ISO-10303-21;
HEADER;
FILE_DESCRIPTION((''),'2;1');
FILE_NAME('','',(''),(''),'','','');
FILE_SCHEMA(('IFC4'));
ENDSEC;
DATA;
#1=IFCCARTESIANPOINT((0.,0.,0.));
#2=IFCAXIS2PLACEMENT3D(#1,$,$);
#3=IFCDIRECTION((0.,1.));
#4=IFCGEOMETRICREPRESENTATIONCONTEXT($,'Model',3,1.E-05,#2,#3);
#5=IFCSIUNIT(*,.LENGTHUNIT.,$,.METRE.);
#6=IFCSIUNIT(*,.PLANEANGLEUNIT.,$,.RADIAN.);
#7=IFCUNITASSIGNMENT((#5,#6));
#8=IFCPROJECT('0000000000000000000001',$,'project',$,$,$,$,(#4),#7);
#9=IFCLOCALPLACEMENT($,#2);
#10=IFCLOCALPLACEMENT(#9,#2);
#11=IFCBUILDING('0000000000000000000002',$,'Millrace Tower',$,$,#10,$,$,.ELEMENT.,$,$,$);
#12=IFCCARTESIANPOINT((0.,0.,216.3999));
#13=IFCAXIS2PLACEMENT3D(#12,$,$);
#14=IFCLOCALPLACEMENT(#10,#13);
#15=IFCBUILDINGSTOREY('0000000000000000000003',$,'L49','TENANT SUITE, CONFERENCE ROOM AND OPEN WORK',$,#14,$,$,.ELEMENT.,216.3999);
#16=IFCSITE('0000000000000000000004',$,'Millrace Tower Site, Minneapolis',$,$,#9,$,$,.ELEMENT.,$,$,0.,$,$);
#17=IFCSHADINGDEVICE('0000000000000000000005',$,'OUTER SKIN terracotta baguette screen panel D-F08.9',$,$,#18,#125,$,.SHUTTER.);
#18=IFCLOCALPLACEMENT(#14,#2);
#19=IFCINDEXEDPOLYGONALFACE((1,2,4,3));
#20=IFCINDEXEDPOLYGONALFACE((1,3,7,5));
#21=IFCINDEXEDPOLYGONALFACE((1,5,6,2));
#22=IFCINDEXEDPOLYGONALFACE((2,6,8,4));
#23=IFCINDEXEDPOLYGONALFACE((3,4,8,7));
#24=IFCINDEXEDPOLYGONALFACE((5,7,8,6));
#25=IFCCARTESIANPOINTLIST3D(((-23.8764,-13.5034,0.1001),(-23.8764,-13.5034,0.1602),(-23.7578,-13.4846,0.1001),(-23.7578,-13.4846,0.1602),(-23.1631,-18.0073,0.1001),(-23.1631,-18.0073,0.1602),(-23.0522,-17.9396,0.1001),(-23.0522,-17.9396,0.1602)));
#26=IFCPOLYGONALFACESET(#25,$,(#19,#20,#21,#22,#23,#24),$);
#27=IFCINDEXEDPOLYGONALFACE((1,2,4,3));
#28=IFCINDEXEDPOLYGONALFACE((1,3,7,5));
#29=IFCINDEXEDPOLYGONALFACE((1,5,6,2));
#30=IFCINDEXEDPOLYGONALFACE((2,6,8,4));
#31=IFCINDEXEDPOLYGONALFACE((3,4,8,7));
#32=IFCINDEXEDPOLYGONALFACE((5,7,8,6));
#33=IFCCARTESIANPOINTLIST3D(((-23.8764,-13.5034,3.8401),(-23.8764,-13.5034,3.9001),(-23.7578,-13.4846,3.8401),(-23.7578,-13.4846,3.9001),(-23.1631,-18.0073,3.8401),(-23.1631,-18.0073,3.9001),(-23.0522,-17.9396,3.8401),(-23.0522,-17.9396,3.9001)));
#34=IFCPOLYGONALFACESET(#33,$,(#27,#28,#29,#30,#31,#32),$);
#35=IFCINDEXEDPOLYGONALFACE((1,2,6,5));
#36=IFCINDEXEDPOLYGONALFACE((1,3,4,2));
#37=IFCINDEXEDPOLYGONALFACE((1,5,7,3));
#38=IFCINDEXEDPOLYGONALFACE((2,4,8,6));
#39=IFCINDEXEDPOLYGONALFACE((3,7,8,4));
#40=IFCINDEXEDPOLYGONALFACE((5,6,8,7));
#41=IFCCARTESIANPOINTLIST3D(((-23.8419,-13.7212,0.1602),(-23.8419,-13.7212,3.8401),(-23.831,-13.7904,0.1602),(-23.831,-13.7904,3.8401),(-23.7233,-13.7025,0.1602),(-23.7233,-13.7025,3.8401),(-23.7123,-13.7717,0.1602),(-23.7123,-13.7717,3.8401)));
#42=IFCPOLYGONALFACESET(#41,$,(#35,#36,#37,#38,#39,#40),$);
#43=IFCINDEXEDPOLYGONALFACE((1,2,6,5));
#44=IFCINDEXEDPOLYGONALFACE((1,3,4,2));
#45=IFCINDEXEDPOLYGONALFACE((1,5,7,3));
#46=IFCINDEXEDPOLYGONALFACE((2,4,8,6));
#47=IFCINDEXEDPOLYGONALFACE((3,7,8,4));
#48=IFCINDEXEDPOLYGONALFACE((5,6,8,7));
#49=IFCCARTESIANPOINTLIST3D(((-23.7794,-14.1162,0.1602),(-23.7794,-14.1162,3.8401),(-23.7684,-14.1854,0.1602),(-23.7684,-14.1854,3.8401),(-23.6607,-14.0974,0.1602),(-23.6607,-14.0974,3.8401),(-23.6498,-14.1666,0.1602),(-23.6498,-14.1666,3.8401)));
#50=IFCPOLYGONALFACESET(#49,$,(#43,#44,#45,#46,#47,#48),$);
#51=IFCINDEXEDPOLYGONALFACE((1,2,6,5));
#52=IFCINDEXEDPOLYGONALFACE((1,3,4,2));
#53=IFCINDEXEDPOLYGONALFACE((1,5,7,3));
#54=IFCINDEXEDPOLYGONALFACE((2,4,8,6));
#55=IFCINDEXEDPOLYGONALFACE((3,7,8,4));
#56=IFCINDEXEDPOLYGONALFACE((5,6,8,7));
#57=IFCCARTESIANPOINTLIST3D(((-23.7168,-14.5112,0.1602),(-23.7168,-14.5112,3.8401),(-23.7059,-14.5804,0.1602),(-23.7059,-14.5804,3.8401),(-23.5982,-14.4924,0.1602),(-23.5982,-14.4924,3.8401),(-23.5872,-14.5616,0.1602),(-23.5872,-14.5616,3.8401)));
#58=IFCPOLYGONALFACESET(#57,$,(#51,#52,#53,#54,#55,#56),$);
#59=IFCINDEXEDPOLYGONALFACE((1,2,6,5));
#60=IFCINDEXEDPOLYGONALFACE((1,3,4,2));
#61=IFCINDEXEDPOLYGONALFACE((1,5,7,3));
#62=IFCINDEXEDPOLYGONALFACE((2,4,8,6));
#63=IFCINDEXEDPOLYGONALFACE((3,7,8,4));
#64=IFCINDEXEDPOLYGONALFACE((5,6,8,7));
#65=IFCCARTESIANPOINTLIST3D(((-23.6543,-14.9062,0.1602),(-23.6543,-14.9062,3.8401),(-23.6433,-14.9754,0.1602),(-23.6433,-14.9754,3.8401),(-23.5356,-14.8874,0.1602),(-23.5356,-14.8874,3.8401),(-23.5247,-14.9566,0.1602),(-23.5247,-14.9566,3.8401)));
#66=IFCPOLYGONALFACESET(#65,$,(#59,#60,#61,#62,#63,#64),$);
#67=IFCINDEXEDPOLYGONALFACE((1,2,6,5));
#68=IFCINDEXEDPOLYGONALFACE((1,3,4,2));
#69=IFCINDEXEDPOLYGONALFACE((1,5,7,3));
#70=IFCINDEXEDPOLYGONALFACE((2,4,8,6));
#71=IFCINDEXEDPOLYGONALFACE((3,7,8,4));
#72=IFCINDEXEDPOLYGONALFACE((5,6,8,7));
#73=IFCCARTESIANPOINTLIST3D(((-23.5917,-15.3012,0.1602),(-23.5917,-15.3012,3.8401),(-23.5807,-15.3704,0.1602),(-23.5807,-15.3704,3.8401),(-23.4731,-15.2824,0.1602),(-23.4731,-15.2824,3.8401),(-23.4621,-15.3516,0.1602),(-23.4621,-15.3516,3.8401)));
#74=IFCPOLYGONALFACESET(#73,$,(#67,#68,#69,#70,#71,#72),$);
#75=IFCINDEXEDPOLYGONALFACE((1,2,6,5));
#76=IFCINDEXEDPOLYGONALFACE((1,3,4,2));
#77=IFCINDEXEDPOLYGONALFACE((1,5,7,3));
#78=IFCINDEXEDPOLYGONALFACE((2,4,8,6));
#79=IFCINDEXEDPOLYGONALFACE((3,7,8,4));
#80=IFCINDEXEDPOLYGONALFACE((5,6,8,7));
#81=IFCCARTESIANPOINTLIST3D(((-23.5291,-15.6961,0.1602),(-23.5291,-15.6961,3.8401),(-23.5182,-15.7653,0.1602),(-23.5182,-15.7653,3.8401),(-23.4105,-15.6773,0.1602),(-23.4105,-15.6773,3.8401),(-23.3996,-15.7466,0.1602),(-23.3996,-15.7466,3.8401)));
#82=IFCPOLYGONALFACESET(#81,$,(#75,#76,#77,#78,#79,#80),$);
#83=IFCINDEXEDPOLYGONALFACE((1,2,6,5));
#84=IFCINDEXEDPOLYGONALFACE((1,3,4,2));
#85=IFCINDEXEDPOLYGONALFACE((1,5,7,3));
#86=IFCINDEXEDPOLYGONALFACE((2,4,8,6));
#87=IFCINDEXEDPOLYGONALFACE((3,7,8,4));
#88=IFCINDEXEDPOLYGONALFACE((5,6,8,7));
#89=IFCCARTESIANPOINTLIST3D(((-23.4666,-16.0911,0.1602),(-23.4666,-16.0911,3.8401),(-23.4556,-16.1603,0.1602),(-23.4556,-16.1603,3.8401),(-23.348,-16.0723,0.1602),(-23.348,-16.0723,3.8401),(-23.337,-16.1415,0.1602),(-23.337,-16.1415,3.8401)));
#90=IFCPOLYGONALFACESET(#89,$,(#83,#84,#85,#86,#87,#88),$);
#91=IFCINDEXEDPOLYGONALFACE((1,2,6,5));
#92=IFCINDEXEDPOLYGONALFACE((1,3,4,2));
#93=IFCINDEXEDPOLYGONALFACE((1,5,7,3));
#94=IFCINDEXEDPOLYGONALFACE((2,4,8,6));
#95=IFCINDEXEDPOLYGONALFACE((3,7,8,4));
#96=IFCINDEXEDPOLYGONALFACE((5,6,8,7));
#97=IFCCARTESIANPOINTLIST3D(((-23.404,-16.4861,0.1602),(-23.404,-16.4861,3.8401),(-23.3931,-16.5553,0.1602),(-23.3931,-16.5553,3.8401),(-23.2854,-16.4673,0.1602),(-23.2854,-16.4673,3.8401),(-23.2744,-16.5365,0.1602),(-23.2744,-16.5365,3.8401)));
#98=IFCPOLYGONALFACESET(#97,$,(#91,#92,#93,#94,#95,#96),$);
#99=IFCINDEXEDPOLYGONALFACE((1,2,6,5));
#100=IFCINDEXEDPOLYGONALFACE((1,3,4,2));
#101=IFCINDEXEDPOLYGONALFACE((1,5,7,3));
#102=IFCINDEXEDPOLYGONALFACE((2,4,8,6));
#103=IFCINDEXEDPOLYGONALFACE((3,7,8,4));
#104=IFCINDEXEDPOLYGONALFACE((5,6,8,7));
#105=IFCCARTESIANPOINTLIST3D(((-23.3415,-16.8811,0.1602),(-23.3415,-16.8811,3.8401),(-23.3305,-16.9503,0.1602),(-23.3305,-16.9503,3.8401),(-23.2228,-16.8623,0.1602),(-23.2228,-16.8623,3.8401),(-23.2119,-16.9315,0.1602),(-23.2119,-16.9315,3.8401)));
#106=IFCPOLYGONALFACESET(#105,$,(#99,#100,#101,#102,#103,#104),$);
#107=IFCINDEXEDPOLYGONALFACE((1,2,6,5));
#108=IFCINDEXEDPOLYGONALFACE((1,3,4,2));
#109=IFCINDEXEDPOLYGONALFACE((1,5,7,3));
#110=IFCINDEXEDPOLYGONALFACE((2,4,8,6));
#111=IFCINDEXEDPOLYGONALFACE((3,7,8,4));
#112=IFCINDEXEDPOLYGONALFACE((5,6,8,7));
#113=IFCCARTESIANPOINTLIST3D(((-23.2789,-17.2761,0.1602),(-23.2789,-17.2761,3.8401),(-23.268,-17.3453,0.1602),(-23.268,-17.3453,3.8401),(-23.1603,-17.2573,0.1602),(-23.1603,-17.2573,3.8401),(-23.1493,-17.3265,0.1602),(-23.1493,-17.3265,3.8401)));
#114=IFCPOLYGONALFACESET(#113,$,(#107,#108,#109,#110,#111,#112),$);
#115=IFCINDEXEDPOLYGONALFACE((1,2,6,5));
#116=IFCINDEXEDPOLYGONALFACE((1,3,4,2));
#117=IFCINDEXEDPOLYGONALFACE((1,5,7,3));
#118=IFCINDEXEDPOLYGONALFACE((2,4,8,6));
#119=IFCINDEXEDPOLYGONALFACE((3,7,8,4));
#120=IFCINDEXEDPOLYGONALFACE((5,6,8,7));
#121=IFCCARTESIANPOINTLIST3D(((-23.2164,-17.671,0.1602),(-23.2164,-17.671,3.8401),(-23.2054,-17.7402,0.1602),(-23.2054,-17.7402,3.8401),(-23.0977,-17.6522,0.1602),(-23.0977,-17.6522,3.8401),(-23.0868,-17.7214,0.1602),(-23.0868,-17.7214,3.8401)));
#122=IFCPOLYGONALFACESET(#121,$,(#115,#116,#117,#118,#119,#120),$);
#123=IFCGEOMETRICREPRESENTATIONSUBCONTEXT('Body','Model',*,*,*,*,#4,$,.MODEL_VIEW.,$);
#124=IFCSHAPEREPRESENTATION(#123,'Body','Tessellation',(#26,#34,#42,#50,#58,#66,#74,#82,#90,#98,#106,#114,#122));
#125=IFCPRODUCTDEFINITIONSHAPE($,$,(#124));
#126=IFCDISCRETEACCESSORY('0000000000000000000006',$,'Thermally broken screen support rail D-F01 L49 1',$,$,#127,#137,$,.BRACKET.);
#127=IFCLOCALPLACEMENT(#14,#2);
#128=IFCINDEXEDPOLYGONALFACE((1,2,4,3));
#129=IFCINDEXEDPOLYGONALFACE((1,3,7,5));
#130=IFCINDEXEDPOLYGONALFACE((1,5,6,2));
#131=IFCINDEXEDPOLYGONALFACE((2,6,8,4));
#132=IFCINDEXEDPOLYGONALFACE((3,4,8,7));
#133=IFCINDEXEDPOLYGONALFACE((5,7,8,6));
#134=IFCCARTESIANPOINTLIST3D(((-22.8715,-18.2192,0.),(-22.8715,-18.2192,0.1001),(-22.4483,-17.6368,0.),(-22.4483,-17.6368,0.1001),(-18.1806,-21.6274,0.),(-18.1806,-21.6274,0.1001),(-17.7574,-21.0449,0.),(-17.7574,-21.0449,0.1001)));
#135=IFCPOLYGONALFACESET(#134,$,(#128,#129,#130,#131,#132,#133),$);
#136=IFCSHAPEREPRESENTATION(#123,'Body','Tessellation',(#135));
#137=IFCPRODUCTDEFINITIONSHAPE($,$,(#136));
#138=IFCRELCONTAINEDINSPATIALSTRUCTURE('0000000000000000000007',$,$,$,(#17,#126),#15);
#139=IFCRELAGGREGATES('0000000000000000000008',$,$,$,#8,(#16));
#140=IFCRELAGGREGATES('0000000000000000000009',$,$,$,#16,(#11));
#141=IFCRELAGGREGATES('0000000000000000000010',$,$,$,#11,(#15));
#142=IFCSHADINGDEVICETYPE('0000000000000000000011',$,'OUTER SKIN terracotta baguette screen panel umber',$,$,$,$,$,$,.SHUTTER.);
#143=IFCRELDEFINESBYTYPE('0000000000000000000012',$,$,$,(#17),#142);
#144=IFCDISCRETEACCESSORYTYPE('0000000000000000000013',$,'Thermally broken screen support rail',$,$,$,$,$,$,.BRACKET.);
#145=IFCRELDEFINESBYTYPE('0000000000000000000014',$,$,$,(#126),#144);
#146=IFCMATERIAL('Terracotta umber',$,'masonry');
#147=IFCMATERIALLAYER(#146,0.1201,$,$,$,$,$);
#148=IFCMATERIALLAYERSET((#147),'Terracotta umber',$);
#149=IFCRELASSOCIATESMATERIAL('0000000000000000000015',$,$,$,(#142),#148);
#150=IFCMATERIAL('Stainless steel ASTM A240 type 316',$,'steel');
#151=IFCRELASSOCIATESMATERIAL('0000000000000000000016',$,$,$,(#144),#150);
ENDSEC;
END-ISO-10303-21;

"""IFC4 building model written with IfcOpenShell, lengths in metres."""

from ifc_helpers import new_model, entity, si_unit, direction, frame, frame_2d, origin, origin_2d, place, context, subcontext, project, spatial, rectangle, extrude, source, transform, mapped, material, layer, layer_set, type_object, element, save


model = new_model("IFC4")

# Units and contexts
model_context = context("Model", 3, precision=1e-05, world=origin(), true_north=direction((0.0, 1.0)))
body_context = subcontext(model_context, "Body", "Model", "MODEL_VIEW")
ifc_project = project(units=[si_unit("LENGTHUNIT", "METRE"), si_unit("PLANEANGLEUNIT", "RADIAN")], contexts=[model_context])

# Site, building, storey
site_placement = place(None, origin())
site = spatial("IfcSite", under=ifc_project, at=site_placement, Name="Millrace Tower Site, Minneapolis", CompositionType="ELEMENT", RefElevation=0.0)
building_placement = place(site_placement, origin())
building = spatial("IfcBuilding", under=site, at=building_placement, Name="Millrace Tower", CompositionType="ELEMENT")
storey_placement = place(building_placement, frame((0.0, 0.0, 216.3999)))
storey = spatial("IfcBuildingStorey", under=building, at=storey_placement, Name="L49", Description="TENANT SUITE, CONFERENCE ROOM AND OPEN WORK", CompositionType="ELEMENT", Elevation=216.3999)

# Shading device
ifc_material_1 = material(Name="Terracotta umber", Category="masonry")
ifc_layer_1 = layer(ifc_material_1, 0.1201)
ifc_layer_set_1 = layer_set([ifc_layer_1], Name="Terracotta umber")
shading_device_type = type_object("IfcShadingDeviceType", Name="OUTER SKIN terracotta baguette screen panel umber", PredefinedType="SHUTTER", material=ifc_layer_set_1)
cartesian_point_1 = entity("IfcCartesianPoint", [-2.2676, 0.0601])
shared_polyline_1 = entity("IfcPolyline", [cartesian_point_1, entity("IfcCartesianPoint", [2.2429, 0.0601]), entity("IfcCartesianPoint", [2.2925, -0.0601]), entity("IfcCartesianPoint", [-2.2676, -0.0601]), cartesian_point_1])
shared_shape_1 = source(origin(), body_context, "Body", "SweptSolid", [
    entity("IfcExtrudedAreaSolid", entity("IfcArbitraryClosedProfileDef", "AREA", None, shared_polyline_1), entity("IfcAxis2Placement3D", entity("IfcCartesianPoint", [0.0, 0.0, 0.0])), entity("IfcDirection", [0.0, 0.0, 1.0]), 0.0601),
    entity("IfcExtrudedAreaSolid", entity("IfcArbitraryClosedProfileDef", "AREA", None, shared_polyline_1), entity("IfcAxis2Placement3D", entity("IfcCartesianPoint", [0.0, 0.0, 3.74])), entity("IfcDirection", [0.0, 0.0, 1.0]), 0.0601),
    extrude(rectangle(XDim=0.0701, YDim=0.1201, at=frame_2d((-2.012, 0.0))), frame((0.0, 0.0, 0.0601)), (0.0, 0.0, 1.0), 3.6799),
    extrude(rectangle(XDim=0.0701, YDim=0.1201, at=frame_2d((-1.6121, 0.0))), frame((0.0, 0.0, 0.0601)), (0.0, 0.0, 1.0), 3.6799),
    extrude(rectangle(XDim=0.0701, YDim=0.1201, at=frame_2d((-1.2122, 0.0))), frame((0.0, 0.0, 0.0601)), (0.0, 0.0, 1.0), 3.6799),
    extrude(rectangle(XDim=0.0701, YDim=0.1201, at=frame_2d((-0.8123, 0.0))), frame((0.0, 0.0, 0.0601)), (0.0, 0.0, 1.0), 3.6799),
    extrude(rectangle(XDim=0.0701, YDim=0.1201, at=frame_2d((-0.4124, 0.0))), frame((0.0, 0.0, 0.0601)), (0.0, 0.0, 1.0), 3.6799),
    extrude(rectangle(XDim=0.0701, YDim=0.1201, at=frame_2d((-0.0125, 0.0))), frame((0.0, 0.0, 0.0601)), (0.0, 0.0, 1.0), 3.6799),
    extrude(rectangle(XDim=0.0701, YDim=0.1201, at=frame_2d((0.3875, 0.0))), frame((0.0, 0.0, 0.0601)), (0.0, 0.0, 1.0), 3.6799),
    extrude(rectangle(XDim=0.0701, YDim=0.1201, at=frame_2d((0.7874, 0.0))), frame((0.0, 0.0, 0.0601)), (0.0, 0.0, 1.0), 3.6799),
    extrude(rectangle(XDim=0.0701, YDim=0.1201, at=frame_2d((1.1873, 0.0))), frame((0.0, 0.0, 0.0601)), (0.0, 0.0, 1.0), 3.6799),
    extrude(rectangle(XDim=0.0701, YDim=0.1201, at=frame_2d((1.5872, 0.0))), frame((0.0, 0.0, 0.0601)), (0.0, 0.0, 1.0), 3.6799),
    extrude(rectangle(XDim=0.0701, YDim=0.1201, at=frame_2d((1.9871, 0.0))), frame((0.0, 0.0, 0.0601)), (0.0, 0.0, 1.0), 3.6799),
])
shading_device_1_placement = place(storey_placement, frame((-23.4624, -15.7336, 0.1001), z_axis=(0.0, 0.0, 1.0), x_axis=(0.156434, -0.987688, 0.0)))
element("IfcShadingDevice", 1, at=shading_device_1_placement, inside=storey, type_object=shading_device_type, Name="OUTER SKIN terracotta baguette screen panel D-F08.9", PredefinedType="SHUTTER", context=body_context, shape_type="MappedRepresentation", body=[
    mapped(shared_shape_1, transform((0.0, 0.0, 0.0), scale=1.0)),
])

# Discrete accessory
ifc_material_2 = material(Name="Stainless steel ASTM A240 type 316", Category="steel")
discrete_accessory_type = type_object("IfcDiscreteAccessoryType", Name="Thermally broken screen support rail", PredefinedType="BRACKET", material=ifc_material_2)
discrete_accessory_placement = place(storey_placement, frame((-20.3145, -19.6321, 0.0), z_axis=(0.0, 0.0, 1.0), x_axis=(0.809017, -0.587785, 0.0)))
element("IfcDiscreteAccessory", 2, at=discrete_accessory_placement, inside=storey, type_object=discrete_accessory_type, Name="Thermally broken screen support rail D-F01 L49 1", PredefinedType="BRACKET", context=body_context, shape_type="SweptSolid", body=[
    extrude(rectangle(XDim=5.7983, YDim=0.72, at=origin_2d()), origin(), (0.0, 0.0, 1.0), 0.1001),
])

save(model, "model.ifc")
